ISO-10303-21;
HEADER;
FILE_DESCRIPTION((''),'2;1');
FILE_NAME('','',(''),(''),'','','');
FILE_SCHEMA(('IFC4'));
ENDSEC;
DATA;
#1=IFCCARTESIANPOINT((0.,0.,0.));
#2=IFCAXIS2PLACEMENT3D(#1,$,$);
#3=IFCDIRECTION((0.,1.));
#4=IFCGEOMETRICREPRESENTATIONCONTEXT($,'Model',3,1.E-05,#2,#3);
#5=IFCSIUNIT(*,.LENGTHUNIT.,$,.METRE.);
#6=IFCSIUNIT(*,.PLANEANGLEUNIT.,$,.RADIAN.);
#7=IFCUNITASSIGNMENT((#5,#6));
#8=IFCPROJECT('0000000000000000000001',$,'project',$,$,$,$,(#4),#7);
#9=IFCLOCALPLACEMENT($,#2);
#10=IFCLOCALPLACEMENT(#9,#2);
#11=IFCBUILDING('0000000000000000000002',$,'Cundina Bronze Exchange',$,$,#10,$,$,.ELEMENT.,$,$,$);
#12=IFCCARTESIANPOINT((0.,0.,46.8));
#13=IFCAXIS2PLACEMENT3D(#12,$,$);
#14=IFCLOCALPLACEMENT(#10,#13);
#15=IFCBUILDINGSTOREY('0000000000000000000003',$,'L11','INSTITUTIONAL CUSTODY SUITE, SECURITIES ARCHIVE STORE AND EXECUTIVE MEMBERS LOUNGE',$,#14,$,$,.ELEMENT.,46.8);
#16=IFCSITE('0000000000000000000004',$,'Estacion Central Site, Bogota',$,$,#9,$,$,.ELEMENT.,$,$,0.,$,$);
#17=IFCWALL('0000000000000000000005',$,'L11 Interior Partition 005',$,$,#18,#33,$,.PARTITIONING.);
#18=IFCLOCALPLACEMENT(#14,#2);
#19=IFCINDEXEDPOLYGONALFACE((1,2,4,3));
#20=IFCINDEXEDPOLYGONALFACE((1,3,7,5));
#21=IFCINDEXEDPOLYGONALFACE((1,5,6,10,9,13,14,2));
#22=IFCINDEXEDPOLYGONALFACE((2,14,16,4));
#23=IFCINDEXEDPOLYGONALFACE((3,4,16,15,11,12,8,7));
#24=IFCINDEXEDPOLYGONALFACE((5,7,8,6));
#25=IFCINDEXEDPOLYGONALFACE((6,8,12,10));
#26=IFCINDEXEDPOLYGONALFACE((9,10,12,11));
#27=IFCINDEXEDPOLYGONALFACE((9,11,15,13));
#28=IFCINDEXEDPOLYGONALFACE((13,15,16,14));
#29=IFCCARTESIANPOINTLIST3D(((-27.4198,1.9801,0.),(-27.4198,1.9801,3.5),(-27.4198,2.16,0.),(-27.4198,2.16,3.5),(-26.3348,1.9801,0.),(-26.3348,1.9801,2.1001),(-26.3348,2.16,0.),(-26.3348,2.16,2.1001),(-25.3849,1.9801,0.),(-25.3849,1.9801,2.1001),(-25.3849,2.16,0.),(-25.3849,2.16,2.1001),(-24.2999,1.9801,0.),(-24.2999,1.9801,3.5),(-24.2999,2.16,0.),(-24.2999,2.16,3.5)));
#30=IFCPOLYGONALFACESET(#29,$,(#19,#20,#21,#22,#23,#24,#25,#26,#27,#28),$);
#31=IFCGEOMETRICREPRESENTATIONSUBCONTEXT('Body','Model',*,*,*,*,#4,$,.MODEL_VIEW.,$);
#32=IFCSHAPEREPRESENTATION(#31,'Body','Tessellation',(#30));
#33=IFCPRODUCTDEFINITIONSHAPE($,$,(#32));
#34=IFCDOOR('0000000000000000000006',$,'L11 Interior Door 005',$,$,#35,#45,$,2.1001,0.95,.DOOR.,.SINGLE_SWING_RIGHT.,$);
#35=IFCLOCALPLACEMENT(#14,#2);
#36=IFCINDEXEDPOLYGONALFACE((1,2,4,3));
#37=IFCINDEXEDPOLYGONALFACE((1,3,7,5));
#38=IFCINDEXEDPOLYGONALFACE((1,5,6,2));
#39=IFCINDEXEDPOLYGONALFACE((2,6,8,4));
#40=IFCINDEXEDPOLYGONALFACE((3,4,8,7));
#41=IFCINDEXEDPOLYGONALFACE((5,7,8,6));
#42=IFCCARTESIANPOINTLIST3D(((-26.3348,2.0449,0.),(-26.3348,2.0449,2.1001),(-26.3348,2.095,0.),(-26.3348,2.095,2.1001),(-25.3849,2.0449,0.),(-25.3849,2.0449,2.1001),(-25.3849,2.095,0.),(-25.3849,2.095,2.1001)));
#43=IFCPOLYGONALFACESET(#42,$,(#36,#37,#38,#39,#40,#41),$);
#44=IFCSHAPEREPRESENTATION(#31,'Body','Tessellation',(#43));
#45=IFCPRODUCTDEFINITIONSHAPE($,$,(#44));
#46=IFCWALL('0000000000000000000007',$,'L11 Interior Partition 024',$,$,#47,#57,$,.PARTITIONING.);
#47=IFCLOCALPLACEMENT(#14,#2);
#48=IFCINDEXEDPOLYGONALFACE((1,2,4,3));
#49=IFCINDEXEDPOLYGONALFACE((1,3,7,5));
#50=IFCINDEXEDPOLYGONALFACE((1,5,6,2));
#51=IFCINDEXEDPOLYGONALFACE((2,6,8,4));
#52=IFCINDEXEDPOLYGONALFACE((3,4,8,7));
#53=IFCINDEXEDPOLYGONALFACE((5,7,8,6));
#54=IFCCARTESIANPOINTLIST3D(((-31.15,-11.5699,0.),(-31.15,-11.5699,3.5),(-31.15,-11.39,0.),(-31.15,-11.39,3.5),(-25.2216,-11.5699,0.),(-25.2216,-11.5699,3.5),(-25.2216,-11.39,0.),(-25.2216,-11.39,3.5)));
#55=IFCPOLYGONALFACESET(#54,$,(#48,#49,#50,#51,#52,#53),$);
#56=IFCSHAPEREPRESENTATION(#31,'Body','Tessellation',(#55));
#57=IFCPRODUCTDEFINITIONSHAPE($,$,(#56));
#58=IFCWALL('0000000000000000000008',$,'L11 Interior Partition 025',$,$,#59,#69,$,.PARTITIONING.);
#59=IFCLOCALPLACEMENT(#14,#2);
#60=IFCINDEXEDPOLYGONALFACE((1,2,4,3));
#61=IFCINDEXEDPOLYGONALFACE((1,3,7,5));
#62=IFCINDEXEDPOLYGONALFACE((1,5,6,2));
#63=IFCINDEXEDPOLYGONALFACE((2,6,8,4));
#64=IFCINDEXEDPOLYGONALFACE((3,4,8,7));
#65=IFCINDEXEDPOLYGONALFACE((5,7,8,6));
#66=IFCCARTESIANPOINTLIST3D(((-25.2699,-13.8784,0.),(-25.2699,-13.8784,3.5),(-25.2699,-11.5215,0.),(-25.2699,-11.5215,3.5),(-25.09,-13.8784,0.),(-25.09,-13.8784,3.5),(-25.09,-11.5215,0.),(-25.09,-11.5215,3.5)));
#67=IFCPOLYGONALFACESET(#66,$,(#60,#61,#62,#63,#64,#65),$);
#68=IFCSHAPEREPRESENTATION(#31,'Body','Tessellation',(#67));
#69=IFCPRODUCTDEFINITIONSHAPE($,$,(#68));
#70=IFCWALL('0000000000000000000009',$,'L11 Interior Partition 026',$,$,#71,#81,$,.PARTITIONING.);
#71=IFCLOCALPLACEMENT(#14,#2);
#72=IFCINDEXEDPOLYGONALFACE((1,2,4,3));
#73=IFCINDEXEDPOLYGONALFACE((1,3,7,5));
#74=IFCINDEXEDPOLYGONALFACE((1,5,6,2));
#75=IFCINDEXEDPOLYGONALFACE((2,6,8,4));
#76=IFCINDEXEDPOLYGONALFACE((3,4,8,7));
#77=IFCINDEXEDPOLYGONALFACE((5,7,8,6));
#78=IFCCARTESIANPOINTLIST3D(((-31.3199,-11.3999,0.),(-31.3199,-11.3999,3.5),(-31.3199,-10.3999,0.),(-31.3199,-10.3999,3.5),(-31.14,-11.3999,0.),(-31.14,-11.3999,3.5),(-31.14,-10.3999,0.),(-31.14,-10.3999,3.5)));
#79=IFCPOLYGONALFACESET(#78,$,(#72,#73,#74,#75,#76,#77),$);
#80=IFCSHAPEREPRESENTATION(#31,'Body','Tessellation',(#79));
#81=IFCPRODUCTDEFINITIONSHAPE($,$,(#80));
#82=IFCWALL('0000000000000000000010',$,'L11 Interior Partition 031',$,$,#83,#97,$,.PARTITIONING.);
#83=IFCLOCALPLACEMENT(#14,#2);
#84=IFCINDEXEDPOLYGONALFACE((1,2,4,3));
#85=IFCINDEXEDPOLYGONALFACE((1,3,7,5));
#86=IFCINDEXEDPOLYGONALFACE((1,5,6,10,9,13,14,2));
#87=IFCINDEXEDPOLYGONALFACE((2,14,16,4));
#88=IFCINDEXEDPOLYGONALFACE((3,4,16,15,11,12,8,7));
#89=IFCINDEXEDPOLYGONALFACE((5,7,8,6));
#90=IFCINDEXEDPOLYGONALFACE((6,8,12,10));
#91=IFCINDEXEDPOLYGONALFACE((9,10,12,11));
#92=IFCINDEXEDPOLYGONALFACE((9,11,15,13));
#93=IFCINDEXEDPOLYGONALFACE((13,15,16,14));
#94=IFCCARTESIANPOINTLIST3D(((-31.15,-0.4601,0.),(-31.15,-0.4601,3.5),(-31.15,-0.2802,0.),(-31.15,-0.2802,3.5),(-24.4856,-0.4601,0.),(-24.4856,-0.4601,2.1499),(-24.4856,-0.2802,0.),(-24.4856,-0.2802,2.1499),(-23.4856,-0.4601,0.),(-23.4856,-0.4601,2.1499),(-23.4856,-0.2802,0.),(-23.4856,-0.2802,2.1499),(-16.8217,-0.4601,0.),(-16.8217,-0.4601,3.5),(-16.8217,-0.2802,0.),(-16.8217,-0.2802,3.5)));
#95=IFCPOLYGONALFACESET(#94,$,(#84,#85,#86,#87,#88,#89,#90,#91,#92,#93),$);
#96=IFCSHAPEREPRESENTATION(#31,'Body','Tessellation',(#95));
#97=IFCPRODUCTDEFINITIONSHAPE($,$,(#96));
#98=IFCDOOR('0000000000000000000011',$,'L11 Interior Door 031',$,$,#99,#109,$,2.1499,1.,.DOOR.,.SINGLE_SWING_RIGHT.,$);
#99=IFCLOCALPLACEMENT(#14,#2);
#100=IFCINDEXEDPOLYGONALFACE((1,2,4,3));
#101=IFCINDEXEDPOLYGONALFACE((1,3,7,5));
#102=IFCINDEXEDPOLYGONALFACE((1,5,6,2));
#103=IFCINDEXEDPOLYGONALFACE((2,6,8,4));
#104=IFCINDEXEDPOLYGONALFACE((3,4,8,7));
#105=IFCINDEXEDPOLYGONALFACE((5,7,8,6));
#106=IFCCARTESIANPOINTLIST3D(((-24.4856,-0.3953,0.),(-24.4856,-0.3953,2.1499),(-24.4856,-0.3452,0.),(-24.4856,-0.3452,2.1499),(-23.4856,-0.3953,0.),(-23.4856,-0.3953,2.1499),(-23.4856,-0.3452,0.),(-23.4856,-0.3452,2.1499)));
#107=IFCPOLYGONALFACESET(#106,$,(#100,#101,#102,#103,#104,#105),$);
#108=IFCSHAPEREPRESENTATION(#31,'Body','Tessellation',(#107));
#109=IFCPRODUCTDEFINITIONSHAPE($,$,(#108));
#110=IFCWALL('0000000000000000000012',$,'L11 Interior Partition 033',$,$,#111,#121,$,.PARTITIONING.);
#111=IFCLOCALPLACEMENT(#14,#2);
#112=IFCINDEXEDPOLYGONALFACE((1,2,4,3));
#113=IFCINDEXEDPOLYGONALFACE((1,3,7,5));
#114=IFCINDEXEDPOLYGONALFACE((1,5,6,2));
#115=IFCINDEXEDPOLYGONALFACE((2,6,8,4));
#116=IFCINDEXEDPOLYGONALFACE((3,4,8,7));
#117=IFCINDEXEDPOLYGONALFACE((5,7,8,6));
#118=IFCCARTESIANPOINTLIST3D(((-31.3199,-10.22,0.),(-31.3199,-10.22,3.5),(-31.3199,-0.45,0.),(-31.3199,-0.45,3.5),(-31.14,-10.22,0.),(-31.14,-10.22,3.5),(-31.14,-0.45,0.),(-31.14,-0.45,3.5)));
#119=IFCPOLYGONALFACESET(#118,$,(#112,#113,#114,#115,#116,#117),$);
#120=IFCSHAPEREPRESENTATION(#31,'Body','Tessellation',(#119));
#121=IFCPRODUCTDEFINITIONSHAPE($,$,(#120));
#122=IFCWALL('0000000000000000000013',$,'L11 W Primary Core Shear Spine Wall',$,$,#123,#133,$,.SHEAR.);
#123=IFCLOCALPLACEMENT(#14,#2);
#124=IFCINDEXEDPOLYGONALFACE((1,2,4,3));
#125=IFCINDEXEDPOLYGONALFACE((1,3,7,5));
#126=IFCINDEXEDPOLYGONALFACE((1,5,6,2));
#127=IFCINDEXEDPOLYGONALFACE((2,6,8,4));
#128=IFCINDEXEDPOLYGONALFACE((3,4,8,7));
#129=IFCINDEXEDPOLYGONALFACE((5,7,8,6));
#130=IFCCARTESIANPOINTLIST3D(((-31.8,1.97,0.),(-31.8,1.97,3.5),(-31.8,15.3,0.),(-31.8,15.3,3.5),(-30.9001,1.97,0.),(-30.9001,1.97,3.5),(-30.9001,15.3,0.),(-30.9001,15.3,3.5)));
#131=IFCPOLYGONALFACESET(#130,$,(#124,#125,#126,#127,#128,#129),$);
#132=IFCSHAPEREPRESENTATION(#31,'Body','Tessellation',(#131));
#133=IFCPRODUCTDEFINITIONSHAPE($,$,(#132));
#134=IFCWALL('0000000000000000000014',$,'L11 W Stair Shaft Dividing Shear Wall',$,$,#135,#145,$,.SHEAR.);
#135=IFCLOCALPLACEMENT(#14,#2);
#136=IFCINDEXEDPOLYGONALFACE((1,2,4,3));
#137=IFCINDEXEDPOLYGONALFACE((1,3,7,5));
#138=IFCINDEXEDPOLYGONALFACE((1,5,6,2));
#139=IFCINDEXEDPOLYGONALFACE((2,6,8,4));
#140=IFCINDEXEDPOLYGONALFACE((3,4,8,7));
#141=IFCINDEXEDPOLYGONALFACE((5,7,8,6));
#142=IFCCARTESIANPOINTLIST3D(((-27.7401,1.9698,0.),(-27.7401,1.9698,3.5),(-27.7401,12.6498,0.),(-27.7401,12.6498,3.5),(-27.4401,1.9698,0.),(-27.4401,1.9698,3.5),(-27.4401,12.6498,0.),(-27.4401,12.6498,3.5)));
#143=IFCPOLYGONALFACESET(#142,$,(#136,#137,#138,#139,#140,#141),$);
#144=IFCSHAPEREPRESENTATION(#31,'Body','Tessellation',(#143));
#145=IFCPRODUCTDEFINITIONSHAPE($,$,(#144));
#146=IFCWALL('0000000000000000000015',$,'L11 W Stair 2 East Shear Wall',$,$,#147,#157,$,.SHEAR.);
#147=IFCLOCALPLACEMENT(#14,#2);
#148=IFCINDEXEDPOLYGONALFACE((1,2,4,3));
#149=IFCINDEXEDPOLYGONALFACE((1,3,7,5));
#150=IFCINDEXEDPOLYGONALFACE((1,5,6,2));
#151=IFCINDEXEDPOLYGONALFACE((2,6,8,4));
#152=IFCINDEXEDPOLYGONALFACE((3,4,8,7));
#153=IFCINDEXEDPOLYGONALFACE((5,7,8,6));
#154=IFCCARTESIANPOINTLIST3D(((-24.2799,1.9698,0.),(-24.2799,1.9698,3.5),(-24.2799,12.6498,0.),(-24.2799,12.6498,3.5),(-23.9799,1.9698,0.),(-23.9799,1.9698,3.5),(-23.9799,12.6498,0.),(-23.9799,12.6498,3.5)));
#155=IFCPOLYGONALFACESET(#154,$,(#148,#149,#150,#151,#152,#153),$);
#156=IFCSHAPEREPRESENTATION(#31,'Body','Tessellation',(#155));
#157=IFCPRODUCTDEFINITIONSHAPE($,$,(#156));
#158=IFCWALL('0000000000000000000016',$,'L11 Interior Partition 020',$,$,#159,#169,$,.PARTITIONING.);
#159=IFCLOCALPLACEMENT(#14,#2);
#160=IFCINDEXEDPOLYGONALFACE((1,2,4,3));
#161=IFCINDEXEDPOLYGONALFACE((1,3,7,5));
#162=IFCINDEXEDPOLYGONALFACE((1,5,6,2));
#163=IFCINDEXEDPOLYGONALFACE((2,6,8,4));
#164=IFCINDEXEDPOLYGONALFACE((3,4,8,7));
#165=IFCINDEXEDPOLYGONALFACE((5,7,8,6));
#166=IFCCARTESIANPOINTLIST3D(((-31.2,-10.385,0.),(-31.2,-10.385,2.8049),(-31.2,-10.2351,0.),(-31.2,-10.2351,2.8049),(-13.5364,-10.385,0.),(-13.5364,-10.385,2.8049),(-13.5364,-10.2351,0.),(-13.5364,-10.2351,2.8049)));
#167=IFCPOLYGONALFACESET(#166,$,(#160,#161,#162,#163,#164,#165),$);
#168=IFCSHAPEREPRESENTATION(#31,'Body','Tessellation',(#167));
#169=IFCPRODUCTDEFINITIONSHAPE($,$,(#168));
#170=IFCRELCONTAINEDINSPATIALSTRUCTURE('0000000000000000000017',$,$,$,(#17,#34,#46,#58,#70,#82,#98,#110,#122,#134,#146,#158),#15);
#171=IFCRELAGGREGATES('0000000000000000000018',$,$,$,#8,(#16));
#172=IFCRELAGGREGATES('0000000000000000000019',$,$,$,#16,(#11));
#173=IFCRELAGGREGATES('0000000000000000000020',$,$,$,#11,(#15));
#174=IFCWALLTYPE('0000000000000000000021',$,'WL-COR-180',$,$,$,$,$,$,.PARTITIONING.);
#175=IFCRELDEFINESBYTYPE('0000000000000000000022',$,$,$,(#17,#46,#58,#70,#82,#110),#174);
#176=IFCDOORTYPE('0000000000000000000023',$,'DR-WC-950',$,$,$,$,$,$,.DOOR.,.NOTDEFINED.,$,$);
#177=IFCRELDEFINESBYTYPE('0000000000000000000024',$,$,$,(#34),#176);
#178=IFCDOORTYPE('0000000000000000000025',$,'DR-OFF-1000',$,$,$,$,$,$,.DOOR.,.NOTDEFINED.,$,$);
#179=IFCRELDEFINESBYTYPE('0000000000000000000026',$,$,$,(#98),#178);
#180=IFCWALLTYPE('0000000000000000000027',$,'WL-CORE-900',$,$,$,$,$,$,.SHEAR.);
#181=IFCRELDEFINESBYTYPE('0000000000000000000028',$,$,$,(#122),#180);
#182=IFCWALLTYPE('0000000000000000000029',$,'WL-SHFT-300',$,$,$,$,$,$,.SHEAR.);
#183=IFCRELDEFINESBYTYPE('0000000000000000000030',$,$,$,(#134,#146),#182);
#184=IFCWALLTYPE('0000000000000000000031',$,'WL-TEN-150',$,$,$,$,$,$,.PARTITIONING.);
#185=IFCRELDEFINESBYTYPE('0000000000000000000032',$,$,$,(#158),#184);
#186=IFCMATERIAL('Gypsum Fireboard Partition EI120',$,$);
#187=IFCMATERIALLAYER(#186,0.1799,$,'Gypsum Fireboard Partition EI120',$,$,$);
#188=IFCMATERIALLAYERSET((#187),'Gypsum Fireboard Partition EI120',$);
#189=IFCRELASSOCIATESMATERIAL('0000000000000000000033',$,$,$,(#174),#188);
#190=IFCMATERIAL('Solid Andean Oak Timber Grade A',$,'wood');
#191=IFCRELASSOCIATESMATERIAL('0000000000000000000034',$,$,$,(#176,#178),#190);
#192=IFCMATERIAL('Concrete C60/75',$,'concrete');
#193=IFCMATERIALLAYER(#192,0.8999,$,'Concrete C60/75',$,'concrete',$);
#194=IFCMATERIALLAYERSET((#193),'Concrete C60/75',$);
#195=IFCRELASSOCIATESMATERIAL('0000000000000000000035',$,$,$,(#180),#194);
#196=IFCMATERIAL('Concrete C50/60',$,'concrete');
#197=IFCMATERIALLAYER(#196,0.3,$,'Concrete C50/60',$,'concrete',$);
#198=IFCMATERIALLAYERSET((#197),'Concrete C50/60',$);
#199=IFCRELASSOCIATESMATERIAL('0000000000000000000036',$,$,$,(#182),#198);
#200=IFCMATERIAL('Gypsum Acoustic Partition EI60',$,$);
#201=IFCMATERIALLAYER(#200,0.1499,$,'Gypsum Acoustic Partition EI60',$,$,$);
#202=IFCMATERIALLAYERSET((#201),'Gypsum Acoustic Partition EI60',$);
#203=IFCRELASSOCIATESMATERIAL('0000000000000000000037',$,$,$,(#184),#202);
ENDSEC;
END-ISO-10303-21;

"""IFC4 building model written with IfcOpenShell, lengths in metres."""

from ifc_helpers import new_model, si_unit, direction, frame, frame_2d, origin, place, context, subcontext, project, spatial, rectangle, extrude, material, layer, layer_set, type_object, element, fill, save


model = new_model("IFC4")

# Units and contexts
model_context = context("Model", 3, precision=1e-05, world=origin(), true_north=direction((0.0, 1.0)))
body_context = subcontext(model_context, "Body", "Model", "MODEL_VIEW")
ifc_project = project(units=[si_unit("LENGTHUNIT", "METRE"), si_unit("PLANEANGLEUNIT", "RADIAN")], contexts=[model_context])

# Site, building, storey
site_placement = place(None, origin())
site = spatial("IfcSite", under=ifc_project, at=site_placement, Name="Estacion Central Site, Bogota", CompositionType="ELEMENT", RefElevation=0.0)
building_placement = place(site_placement, origin())
building = spatial("IfcBuilding", under=site, at=building_placement, Name="Cundina Bronze Exchange", CompositionType="ELEMENT")
storey_placement = place(building_placement, frame((0.0, 0.0, 46.8)))
storey = spatial("IfcBuildingStorey", under=building, at=storey_placement, Name="L11", Description="INSTITUTIONAL CUSTODY SUITE, SECURITIES ARCHIVE STORE AND EXECUTIVE MEMBERS LOUNGE", CompositionType="ELEMENT", Elevation=46.8)

# Shared definitions
ifc_material_1 = material(Name="Concrete C60/75", Category="concrete")

# Wall, opening, door
ifc_material_2 = material(Name="Gypsum Fireboard Partition EI120")
ifc_layer_1 = layer(ifc_material_2, 0.1799, Name="Gypsum Fireboard Partition EI120")
ifc_layer_set_1 = layer_set([ifc_layer_1], Name="Gypsum Fireboard Partition EI120")
wall_type_1 = type_object("IfcWallType", Name="WL-COR-180", PredefinedType="PARTITIONING", material=ifc_layer_set_1)
wall_1_placement = place(storey_placement, frame((-27.4199, 2.0701, 0.0), z_axis=(0.0, 0.0, 1.0), x_axis=(1.0, 0.0, 0.0)))
wall_1 = element("IfcWall", 1, at=wall_1_placement, inside=storey, type_object=wall_type_1, Name="L11 Interior Partition 005", PredefinedType="PARTITIONING", context=body_context, shape_type="SweptSolid", body=[
    extrude(rectangle(XDim=3.1199, YDim=0.1799, at=frame_2d((1.5601, 0.0))), origin(), (0.0, 0.0, 1.0), 3.5),
])
opening_1_placement = place(wall_1_placement, frame((1.085, 0.0, 0.0)))
opening_1 = element("IfcOpeningElement", 2, at=opening_1_placement, cuts=wall_1, PredefinedType="OPENING", context=body_context, shape_type="SweptSolid", body=[
    extrude(rectangle(XDim=0.95, YDim=2.1001, at=frame_2d((0.4751, 1.05))), frame((0.0, 0.0999, 0.0), z_axis=(0.0, -1.0, 0.0), x_axis=(1.0, 0.0, 0.0)), (0.0, 0.0, 1.0), 0.2),
])
ifc_material_3 = material(Name="Solid Andean Oak Timber Grade A", Category="wood")
door_type_1 = type_object("IfcDoorType", Name="DR-WC-950", OperationType="NOTDEFINED", PredefinedType="DOOR", material=ifc_material_3)
door_1_placement = place(opening_1_placement, origin())
door_1 = element("IfcDoor", 3, at=door_1_placement, inside=storey, type_object=door_type_1, Name="L11 Interior Door 005", OperationType="SINGLE_SWING_RIGHT", OverallHeight=2.1001, OverallWidth=0.95, PredefinedType="DOOR", context=body_context, shape_type="SweptSolid", body=[
    extrude(rectangle(XDim=0.95, YDim=2.1001, at=frame_2d((0.4751, 1.05))), frame((0.0, 0.0249, 0.0), z_axis=(0.0, -1.0, 0.0), x_axis=(1.0, 0.0, 0.0)), (0.0, 0.0, 1.0), 0.05),
])
fill(opening_1, door_1)

# Walls
wall_2_placement = place(storey_placement, frame((-25.2214, -11.48, 0.0), z_axis=(0.0, 0.0, 1.0), x_axis=(-1.0, 0.0, 0.0)))
element("IfcWall", 4, at=wall_2_placement, inside=storey, type_object=wall_type_1, Name="L11 Interior Partition 024", PredefinedType="PARTITIONING", context=body_context, shape_type="SweptSolid", body=[
    extrude(rectangle(XDim=5.9285, YDim=0.1799, at=frame_2d((2.9644, 0.0))), origin(), (0.0, 0.0, 1.0), 3.5),
])
wall_3_placement = place(storey_placement, frame((-25.1799, -13.8784, 0.0), z_axis=(0.0, 0.0, 1.0), x_axis=(0.0, 1.0, 0.0)))
element("IfcWall", 5, at=wall_3_placement, inside=storey, type_object=wall_type_1, Name="L11 Interior Partition 025", PredefinedType="PARTITIONING", context=body_context, shape_type="SweptSolid", body=[
    extrude(rectangle(XDim=2.3569, YDim=0.1799, at=frame_2d((1.1785, 0.0))), origin(), (0.0, 0.0, 1.0), 3.5),
])
wall_4_placement = place(storey_placement, frame((-31.23, -11.3999, 0.0), z_axis=(0.0, 0.0, 1.0), x_axis=(0.0, 1.0, 0.0)))
element("IfcWall", 6, at=wall_4_placement, inside=storey, type_object=wall_type_1, Name="L11 Interior Partition 026", PredefinedType="PARTITIONING", context=body_context, shape_type="SweptSolid", body=[
    extrude(rectangle(XDim=1.0, YDim=0.1799, at=frame_2d((0.5, 0.0))), origin(), (0.0, 0.0, 1.0), 3.5),
])

# Wall, opening, door
wall_5_placement = place(storey_placement, frame((-31.1499, -0.3701, 0.0), z_axis=(0.0, 0.0, 1.0), x_axis=(1.0, 0.0, 0.0)))
wall_5 = element("IfcWall", 7, at=wall_5_placement, inside=storey, type_object=wall_type_1, Name="L11 Interior Partition 031", PredefinedType="PARTITIONING", context=body_context, shape_type="SweptSolid", body=[
    extrude(rectangle(XDim=14.3284, YDim=0.1799, at=frame_2d((7.1641, 0.0))), origin(), (0.0, 0.0, 1.0), 3.5),
])
opening_2_placement = place(wall_5_placement, frame((6.6643, 0.0, 0.0)))
opening_2 = element("IfcOpeningElement", 8, at=opening_2_placement, cuts=wall_5, PredefinedType="OPENING", context=body_context, shape_type="SweptSolid", body=[
    extrude(rectangle(XDim=1.0, YDim=2.1499, at=frame_2d((0.5, 1.075))), frame((0.0, 0.0999, 0.0), z_axis=(0.0, -1.0, 0.0), x_axis=(1.0, 0.0, 0.0)), (0.0, 0.0, 1.0), 0.2),
])
door_type_2 = type_object("IfcDoorType", Name="DR-OFF-1000", OperationType="NOTDEFINED", PredefinedType="DOOR", material=ifc_material_3)
door_2_placement = place(opening_2_placement, origin())
door_2 = element("IfcDoor", 9, at=door_2_placement, inside=storey, type_object=door_type_2, Name="L11 Interior Door 031", OperationType="SINGLE_SWING_RIGHT", OverallHeight=2.1499, OverallWidth=1.0, PredefinedType="DOOR", context=body_context, shape_type="SweptSolid", body=[
    extrude(rectangle(XDim=1.0, YDim=2.1499, at=frame_2d((0.5, 1.075))), frame((0.0, 0.0249, 0.0), z_axis=(0.0, -1.0, 0.0), x_axis=(1.0, 0.0, 0.0)), (0.0, 0.0, 1.0), 0.05),
])
fill(opening_2, door_2)

# Walls
wall_6_placement = place(storey_placement, frame((-31.23, -10.22, 0.0), z_axis=(0.0, 0.0, 1.0), x_axis=(0.0, 1.0, 0.0)))
element("IfcWall", 10, at=wall_6_placement, inside=storey, type_object=wall_type_1, Name="L11 Interior Partition 033", PredefinedType="PARTITIONING", context=body_context, shape_type="SweptSolid", body=[
    extrude(rectangle(XDim=9.77, YDim=0.1799, at=frame_2d((4.885, 0.0))), origin(), (0.0, 0.0, 1.0), 3.5),
])
ifc_layer_2 = layer(ifc_material_1, 0.8999, Name="Concrete C60/75", Category="concrete")
ifc_layer_set_2 = layer_set([ifc_layer_2], Name="Concrete C60/75")
wall_type_2 = type_object("IfcWallType", Name="WL-CORE-900", PredefinedType="SHEAR", material=ifc_layer_set_2)
wall_7_placement = place(storey_placement, frame((-31.3501, 1.97, 0.0), z_axis=(0.0, 0.0, 1.0), x_axis=(0.0, 1.0, 0.0)))
element("IfcWall", 11, at=wall_7_placement, inside=storey, type_object=wall_type_2, Name="L11 W Primary Core Shear Spine Wall", PredefinedType="SHEAR", context=body_context, shape_type="SweptSolid", body=[
    extrude(rectangle(XDim=13.3301, YDim=0.8999, at=frame_2d((6.665, 0.0))), origin(), (0.0, 0.0, 1.0), 3.5),
])
ifc_material_4 = material(Name="Concrete C50/60", Category="concrete")
ifc_layer_3 = layer(ifc_material_4, 0.3, Name="Concrete C50/60", Category="concrete")
ifc_layer_set_3 = layer_set([ifc_layer_3], Name="Concrete C50/60")
wall_type_3 = type_object("IfcWallType", Name="WL-SHFT-300", PredefinedType="SHEAR", material=ifc_layer_set_3)
for number, where, z_axis, x_axis, name in (
    (12, (-27.5901, 1.97, 0.0), (0.0, 0.0, 1.0), (0.0, 1.0, 0.0), "L11 W Stair Shaft Dividing Shear Wall"),
    (13, (-24.1299, 1.97, 0.0), (0.0, 0.0, 1.0), (0.0, 1.0, 0.0), "L11 W Stair 2 East Shear Wall"),
):
    element("IfcWall", number, at=place(storey_placement, frame(where, z_axis=z_axis, x_axis=x_axis)), inside=storey, type_object=wall_type_3, Name=name, PredefinedType="SHEAR", context=body_context, shape_type="SweptSolid", body=[
        extrude(rectangle(XDim=10.6799, YDim=0.3, at=frame_2d((5.3398, 0.0))), origin(), (0.0, 0.0, 1.0), 3.5),
    ])
ifc_material_5 = material(Name="Gypsum Acoustic Partition EI60")
ifc_layer_4 = layer(ifc_material_5, 0.1499, Name="Gypsum Acoustic Partition EI60")
ifc_layer_set_4 = layer_set([ifc_layer_4], Name="Gypsum Acoustic Partition EI60")
wall_type_4 = type_object("IfcWallType", Name="WL-TEN-150", PredefinedType="PARTITIONING", material=ifc_layer_set_4)
wall_8_placement = place(storey_placement, frame((-31.2, -10.3101, 0.0), z_axis=(0.0, 0.0, 1.0), x_axis=(1.0, 0.0, 0.0)))
element("IfcWall", 14, at=wall_8_placement, inside=storey, type_object=wall_type_4, Name="L11 Interior Partition 020", PredefinedType="PARTITIONING", context=body_context, shape_type="SweptSolid", body=[
    extrude(rectangle(XDim=17.6636, YDim=0.1499, at=frame_2d((8.8318, 0.0))), origin(), (0.0, 0.0, 1.0), 2.8049),
])

save(model, "model.ifc")
